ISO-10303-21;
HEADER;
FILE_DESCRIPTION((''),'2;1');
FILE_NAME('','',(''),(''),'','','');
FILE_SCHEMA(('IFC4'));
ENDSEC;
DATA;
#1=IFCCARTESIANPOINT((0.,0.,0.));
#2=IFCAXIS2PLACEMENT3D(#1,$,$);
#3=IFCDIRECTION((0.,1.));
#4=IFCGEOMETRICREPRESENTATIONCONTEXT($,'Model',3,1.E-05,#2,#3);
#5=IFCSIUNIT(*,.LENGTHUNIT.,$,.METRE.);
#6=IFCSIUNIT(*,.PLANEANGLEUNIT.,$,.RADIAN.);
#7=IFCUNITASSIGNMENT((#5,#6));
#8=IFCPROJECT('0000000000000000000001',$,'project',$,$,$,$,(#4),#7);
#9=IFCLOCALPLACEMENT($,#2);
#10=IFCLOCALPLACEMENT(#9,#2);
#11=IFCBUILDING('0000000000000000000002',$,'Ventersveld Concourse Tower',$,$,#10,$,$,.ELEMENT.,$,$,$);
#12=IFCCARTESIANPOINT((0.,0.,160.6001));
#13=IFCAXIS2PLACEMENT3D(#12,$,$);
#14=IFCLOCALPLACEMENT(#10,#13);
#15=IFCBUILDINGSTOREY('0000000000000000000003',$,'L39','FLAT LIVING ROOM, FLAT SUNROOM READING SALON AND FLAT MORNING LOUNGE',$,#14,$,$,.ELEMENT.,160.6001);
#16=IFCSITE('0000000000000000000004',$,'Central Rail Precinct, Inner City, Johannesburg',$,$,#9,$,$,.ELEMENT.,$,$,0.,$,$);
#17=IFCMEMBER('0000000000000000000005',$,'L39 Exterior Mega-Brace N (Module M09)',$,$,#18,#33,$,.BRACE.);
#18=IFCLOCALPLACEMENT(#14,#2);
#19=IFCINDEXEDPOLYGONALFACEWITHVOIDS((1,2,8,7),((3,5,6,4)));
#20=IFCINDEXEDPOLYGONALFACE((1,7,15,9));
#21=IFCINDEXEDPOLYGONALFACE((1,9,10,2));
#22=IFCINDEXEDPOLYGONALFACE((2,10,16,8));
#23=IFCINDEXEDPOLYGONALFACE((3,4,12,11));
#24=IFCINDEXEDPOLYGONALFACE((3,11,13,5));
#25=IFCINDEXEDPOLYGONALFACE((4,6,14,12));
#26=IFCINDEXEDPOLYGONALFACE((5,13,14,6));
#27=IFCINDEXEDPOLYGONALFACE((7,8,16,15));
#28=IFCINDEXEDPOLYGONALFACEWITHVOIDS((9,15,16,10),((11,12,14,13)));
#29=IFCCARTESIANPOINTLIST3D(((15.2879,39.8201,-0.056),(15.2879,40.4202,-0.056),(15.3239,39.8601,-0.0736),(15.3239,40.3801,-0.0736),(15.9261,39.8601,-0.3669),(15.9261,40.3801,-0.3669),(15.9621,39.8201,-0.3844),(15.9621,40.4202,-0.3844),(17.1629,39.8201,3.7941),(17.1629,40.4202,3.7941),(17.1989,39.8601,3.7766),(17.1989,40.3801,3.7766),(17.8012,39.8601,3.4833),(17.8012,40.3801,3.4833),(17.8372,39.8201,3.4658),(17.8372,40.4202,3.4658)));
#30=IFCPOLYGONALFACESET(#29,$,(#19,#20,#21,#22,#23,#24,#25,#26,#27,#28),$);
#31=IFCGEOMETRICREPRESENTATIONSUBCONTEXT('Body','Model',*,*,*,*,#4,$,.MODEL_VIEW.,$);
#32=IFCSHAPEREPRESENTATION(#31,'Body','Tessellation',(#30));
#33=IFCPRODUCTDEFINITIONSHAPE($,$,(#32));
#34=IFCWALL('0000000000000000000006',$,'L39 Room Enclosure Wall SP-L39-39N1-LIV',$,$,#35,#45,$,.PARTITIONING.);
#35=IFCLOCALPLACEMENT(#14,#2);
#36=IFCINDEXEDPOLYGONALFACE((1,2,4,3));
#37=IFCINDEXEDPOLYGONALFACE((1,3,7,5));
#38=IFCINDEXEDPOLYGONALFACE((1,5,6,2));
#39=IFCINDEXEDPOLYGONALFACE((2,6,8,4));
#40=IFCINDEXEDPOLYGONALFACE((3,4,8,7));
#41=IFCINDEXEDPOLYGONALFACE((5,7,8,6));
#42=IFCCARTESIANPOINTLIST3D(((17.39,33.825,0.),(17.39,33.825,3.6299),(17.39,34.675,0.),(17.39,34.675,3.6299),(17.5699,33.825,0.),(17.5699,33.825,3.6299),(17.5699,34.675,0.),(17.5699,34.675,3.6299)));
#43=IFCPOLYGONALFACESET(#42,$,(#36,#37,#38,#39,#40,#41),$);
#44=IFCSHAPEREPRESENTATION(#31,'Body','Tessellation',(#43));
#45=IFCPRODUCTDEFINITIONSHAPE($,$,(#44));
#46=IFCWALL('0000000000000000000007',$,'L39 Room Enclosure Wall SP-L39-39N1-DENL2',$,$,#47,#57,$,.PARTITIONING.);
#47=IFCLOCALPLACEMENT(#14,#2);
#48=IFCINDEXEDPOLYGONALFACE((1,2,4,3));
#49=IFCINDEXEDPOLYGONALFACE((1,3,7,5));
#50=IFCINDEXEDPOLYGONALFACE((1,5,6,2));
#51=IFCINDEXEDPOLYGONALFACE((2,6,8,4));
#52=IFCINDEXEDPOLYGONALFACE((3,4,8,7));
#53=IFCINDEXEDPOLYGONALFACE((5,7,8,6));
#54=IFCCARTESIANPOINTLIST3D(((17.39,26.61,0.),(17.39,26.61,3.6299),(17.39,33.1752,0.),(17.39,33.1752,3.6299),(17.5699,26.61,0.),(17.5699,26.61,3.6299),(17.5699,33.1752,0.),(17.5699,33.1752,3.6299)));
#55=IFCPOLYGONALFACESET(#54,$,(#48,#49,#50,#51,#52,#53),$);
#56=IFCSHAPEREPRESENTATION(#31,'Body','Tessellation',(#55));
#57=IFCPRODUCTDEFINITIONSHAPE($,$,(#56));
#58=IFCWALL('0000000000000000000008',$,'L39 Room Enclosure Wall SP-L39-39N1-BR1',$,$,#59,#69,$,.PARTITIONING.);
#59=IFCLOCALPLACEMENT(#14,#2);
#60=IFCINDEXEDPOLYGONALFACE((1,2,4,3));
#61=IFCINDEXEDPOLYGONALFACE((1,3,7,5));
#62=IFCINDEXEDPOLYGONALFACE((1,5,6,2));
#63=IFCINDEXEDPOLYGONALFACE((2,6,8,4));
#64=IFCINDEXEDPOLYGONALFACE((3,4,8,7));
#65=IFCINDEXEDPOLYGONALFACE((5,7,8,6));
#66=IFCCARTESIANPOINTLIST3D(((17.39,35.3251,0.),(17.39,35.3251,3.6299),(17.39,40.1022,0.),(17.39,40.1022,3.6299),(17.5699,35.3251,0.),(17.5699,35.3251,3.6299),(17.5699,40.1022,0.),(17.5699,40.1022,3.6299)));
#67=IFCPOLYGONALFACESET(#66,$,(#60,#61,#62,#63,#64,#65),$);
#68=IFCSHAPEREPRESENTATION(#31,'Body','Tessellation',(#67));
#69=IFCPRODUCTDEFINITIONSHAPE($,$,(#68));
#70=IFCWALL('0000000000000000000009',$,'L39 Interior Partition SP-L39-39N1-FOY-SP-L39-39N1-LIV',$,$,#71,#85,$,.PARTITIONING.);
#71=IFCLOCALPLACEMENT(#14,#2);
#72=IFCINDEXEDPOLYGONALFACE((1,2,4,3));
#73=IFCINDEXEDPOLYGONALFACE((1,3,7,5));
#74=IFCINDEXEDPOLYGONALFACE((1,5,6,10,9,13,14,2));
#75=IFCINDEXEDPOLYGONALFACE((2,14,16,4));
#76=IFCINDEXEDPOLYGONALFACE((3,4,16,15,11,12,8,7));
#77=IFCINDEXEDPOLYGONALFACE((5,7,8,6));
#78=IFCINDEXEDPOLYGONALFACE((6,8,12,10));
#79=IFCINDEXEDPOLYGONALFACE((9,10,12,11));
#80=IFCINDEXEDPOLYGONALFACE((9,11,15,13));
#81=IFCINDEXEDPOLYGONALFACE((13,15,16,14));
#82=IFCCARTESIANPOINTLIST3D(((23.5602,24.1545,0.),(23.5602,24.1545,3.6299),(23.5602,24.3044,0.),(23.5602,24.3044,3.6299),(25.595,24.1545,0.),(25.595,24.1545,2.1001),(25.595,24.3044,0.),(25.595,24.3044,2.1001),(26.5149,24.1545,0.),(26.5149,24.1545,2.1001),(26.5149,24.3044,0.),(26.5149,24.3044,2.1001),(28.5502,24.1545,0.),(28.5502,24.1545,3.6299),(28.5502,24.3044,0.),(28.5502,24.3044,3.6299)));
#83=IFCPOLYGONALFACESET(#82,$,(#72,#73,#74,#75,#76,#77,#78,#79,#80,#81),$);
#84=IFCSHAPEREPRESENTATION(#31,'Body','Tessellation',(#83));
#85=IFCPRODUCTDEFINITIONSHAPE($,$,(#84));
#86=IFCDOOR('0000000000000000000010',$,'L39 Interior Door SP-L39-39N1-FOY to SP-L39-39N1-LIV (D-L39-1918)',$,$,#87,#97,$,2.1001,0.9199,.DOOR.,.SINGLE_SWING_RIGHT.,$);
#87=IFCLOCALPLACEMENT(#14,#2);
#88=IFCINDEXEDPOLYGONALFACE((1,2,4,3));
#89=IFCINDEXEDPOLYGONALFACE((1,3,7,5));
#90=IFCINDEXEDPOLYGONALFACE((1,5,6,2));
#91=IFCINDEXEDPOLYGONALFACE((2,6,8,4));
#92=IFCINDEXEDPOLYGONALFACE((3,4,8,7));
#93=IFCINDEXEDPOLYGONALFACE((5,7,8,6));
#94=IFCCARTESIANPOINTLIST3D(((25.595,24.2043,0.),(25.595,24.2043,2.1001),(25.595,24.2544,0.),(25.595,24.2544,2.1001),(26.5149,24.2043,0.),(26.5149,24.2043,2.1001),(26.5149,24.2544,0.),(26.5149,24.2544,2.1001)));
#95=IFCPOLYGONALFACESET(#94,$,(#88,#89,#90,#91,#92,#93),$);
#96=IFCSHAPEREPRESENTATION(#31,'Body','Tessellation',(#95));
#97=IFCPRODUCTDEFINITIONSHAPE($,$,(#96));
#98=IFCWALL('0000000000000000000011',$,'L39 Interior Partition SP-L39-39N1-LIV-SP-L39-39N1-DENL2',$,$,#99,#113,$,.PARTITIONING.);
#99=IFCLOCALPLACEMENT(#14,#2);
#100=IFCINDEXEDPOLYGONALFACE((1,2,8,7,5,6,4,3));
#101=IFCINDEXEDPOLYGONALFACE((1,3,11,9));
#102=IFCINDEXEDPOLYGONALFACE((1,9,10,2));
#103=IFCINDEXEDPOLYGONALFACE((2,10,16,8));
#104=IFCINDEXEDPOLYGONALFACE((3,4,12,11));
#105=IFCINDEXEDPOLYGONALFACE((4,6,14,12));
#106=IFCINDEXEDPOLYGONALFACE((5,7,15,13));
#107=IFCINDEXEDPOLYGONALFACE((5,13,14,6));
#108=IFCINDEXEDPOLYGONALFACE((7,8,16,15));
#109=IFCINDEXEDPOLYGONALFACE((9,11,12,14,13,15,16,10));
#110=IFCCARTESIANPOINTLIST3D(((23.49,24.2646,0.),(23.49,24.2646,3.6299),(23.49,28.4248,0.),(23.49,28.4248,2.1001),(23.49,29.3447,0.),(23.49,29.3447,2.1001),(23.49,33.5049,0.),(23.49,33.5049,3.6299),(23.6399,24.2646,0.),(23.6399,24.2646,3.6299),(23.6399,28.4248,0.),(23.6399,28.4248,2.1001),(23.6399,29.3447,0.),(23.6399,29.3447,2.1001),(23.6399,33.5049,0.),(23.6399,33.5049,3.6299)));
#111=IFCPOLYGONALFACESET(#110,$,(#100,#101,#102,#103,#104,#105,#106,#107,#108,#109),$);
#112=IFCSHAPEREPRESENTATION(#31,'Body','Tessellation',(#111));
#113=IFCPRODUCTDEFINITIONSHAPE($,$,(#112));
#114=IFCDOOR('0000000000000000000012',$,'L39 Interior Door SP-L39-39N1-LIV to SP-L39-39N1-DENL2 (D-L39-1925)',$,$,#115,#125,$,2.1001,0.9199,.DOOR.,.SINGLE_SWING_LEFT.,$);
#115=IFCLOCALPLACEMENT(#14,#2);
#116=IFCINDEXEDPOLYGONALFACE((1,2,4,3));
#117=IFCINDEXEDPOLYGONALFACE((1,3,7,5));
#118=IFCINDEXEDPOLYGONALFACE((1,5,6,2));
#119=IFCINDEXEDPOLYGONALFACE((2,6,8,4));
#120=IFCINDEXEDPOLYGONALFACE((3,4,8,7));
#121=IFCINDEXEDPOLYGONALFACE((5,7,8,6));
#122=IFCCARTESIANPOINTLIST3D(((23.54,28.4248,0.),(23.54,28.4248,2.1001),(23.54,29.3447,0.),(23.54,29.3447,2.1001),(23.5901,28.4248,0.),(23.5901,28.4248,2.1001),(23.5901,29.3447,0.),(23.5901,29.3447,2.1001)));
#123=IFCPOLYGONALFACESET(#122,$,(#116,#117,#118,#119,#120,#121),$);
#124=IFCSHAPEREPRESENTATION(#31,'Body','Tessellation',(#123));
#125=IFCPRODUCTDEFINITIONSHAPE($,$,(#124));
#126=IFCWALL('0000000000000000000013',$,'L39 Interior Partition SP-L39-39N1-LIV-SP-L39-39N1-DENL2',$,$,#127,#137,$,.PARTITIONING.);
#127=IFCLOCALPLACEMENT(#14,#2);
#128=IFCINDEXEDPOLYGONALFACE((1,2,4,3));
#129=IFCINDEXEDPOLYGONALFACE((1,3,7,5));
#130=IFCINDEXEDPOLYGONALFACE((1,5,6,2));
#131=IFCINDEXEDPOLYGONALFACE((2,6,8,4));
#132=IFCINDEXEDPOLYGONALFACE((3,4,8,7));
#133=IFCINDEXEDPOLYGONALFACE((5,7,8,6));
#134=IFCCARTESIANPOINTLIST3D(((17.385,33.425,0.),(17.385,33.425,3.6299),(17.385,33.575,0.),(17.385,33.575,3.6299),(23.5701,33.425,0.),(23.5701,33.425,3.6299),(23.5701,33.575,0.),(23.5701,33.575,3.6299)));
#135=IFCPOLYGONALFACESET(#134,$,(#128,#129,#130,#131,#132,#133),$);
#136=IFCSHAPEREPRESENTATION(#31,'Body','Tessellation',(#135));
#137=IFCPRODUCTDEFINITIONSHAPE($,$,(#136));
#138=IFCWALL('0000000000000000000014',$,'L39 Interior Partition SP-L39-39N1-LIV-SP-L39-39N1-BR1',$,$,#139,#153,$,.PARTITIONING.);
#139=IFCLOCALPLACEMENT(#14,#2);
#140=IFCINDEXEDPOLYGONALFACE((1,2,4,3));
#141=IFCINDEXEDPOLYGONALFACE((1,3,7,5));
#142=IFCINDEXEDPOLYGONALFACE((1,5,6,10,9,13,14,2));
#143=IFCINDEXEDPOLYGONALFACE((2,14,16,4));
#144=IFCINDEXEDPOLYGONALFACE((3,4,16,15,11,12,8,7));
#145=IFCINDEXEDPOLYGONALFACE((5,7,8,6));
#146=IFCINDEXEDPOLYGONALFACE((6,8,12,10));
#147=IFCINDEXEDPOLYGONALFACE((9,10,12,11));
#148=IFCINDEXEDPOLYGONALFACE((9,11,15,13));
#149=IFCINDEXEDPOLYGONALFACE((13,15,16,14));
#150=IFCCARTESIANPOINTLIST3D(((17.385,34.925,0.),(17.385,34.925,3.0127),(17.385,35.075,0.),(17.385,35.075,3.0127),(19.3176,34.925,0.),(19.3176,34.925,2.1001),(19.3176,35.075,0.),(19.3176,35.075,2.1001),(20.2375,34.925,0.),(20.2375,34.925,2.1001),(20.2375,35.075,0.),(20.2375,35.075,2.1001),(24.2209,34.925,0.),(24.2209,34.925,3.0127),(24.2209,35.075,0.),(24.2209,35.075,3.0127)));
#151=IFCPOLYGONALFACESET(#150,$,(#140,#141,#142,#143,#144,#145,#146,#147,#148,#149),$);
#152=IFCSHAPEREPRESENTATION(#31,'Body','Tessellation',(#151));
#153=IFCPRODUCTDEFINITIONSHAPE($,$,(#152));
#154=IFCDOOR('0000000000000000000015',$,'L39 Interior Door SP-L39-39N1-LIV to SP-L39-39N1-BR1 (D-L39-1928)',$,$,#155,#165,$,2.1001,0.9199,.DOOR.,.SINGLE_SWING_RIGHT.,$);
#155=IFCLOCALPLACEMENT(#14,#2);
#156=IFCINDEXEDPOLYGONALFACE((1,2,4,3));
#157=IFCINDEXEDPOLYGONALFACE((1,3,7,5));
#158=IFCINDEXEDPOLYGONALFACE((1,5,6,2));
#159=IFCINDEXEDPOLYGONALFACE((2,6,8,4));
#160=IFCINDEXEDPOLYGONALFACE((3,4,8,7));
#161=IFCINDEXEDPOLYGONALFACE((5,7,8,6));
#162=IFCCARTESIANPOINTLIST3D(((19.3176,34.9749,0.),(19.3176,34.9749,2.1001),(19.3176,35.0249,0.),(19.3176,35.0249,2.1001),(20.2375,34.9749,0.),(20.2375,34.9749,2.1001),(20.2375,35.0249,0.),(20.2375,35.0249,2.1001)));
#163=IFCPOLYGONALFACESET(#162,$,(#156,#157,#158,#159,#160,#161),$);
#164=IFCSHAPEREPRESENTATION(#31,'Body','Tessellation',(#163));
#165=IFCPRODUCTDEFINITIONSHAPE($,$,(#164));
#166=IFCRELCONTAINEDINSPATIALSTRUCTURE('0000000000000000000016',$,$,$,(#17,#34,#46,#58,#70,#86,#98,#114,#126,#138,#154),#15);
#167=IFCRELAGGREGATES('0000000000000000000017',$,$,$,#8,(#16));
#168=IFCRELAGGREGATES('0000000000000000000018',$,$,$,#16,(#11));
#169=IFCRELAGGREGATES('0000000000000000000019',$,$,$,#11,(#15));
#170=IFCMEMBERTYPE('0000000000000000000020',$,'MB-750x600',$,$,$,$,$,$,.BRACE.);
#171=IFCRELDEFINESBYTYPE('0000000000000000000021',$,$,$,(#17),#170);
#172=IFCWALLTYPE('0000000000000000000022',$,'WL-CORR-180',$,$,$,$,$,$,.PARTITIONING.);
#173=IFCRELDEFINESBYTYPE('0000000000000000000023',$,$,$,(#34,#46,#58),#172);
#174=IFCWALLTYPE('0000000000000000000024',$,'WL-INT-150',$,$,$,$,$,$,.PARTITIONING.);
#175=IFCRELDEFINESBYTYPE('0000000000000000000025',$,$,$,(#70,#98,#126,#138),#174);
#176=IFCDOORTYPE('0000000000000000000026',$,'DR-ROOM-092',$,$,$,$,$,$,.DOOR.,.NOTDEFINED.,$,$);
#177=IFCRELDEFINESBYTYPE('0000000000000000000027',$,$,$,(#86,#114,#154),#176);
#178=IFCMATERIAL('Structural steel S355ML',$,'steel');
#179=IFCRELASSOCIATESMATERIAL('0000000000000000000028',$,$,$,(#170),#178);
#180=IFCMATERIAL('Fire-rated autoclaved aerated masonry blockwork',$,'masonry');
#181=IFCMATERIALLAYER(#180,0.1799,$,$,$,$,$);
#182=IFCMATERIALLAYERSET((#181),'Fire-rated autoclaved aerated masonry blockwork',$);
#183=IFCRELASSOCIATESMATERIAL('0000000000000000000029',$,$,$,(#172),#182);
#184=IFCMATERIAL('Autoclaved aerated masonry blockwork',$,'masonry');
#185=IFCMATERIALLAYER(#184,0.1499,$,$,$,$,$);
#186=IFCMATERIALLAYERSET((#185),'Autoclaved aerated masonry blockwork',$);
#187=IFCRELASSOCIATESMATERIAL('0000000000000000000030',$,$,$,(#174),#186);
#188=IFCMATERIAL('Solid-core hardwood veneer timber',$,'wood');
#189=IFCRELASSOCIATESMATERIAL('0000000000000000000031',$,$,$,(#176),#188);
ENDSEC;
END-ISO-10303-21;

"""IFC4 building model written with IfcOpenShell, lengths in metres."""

from ifc_helpers import new_model, si_unit, direction, frame, frame_2d, origin, origin_2d, place, context, subcontext, project, spatial, rectangle, hollow_rectangle, extrude, material, layer, layer_set, material_profile, profile_set, type_object, element, fill, save


model = new_model("IFC4")

# Units and contexts
model_context = context("Model", 3, precision=1e-05, world=origin(), true_north=direction((0.0, 1.0)))
body_context = subcontext(model_context, "Body", "Model", "MODEL_VIEW")
ifc_project = project(units=[si_unit("LENGTHUNIT", "METRE"), si_unit("PLANEANGLEUNIT", "RADIAN")], contexts=[model_context])

# Site, building, storey
site_placement = place(None, origin())
site = spatial("IfcSite", under=ifc_project, at=site_placement, Name="Central Rail Precinct, Inner City, Johannesburg", CompositionType="ELEMENT", RefElevation=0.0)
building_placement = place(site_placement, origin())
building = spatial("IfcBuilding", under=site, at=building_placement, Name="Ventersveld Concourse Tower", CompositionType="ELEMENT")
storey_placement = place(building_placement, frame((0.0, 0.0, 160.6001)))
storey = spatial("IfcBuildingStorey", under=building, at=storey_placement, Name="L39", Description="FLAT LIVING ROOM, FLAT SUNROOM READING SALON AND FLAT MORNING LOUNGE", CompositionType="ELEMENT", Elevation=160.6001)

# Member
ifc_material_1 = material(Name="Structural steel S355ML", Category="steel")
ifc_material_profile_1 = material_profile(ifc_material_1, hollow_rectangle(XDim=0.6001, YDim=0.75, WallThickness=0.04, at=origin_2d()), Name="BOX 750x600x40")
ifc_profile_set_1 = profile_set([ifc_material_profile_1], Name="Structural steel S355ML")
member_type = type_object("IfcMemberType", Name="MB-750x600", PredefinedType="BRACE", material=ifc_profile_set_1)
member_placement = place(storey_placement, frame((15.625, 40.1201, -0.2202), z_axis=(0.437839, 0.0, 0.899053), x_axis=(0.0, 1.0, 0.0)))
element("IfcMember", 1, at=member_placement, inside=storey, type_object=member_type, Name="L39 Exterior Mega-Brace N (Module M09)", PredefinedType="BRACE", context=body_context, shape_type="SweptSolid", body=[
    extrude(hollow_rectangle(XDim=0.6001, YDim=0.75, WallThickness=0.04, at=origin_2d()), origin(), (0.0, 0.0, 1.0), 4.2825),
])

# Walls
ifc_material_2 = material(Name="Fire-rated autoclaved aerated masonry blockwork", Category="masonry")
ifc_layer_1 = layer(ifc_material_2, 0.1799)
ifc_layer_set_1 = layer_set([ifc_layer_1], Name="Fire-rated autoclaved aerated masonry blockwork")
wall_type_1 = type_object("IfcWallType", Name="WL-CORR-180", PredefinedType="PARTITIONING", material=ifc_layer_set_1)
wall_1_placement = place(storey_placement, frame((17.48, 33.825, 0.0), z_axis=(0.0, 0.0, 1.0), x_axis=(0.0, 1.0, 0.0)))
element("IfcWall", 2, at=wall_1_placement, inside=storey, type_object=wall_type_1, Name="L39 Room Enclosure Wall SP-L39-39N1-LIV", PredefinedType="PARTITIONING", context=body_context, shape_type="SweptSolid", body=[
    extrude(rectangle(XDim=0.8501, YDim=0.1799, at=frame_2d((0.425, 0.0))), origin(), (0.0, 0.0, 1.0), 3.6299),
])
wall_2_placement = place(storey_placement, frame((17.48, 26.6099, 0.0), z_axis=(0.0, 0.0, 1.0), x_axis=(0.0, 1.0, 0.0)))
element("IfcWall", 3, at=wall_2_placement, inside=storey, type_object=wall_type_1, Name="L39 Room Enclosure Wall SP-L39-39N1-DENL2", PredefinedType="PARTITIONING", context=body_context, shape_type="SweptSolid", body=[
    extrude(rectangle(XDim=6.5652, YDim=0.1799, at=frame_2d((3.2827, 0.0))), origin(), (0.0, 0.0, 1.0), 3.6299),
])
wall_3_placement = place(storey_placement, frame((17.48, 35.325, 0.0), z_axis=(0.0, 0.0, 1.0), x_axis=(0.0, 1.0, 0.0)))
element("IfcWall", 4, at=wall_3_placement, inside=storey, type_object=wall_type_1, Name="L39 Room Enclosure Wall SP-L39-39N1-BR1", PredefinedType="PARTITIONING", context=body_context, shape_type="SweptSolid", body=[
    extrude(rectangle(XDim=4.7771, YDim=0.1799, at=frame_2d((2.3887, 0.0))), origin(), (0.0, 0.0, 1.0), 3.6299),
])

# Walls, openings, doors
ifc_material_3 = material(Name="Autoclaved aerated masonry blockwork", Category="masonry")
ifc_layer_2 = layer(ifc_material_3, 0.1499)
ifc_layer_set_2 = layer_set([ifc_layer_2], Name="Autoclaved aerated masonry blockwork")
wall_type_2 = type_object("IfcWallType", Name="WL-INT-150", PredefinedType="PARTITIONING", material=ifc_layer_set_2)
wall_4_placement = place(storey_placement, frame((23.5601, 24.2295, 0.0), z_axis=(0.0, 0.0, 1.0), x_axis=(1.0, 0.0, 0.0)))
wall_4 = element("IfcWall", 5, at=wall_4_placement, inside=storey, type_object=wall_type_2, Name="L39 Interior Partition SP-L39-39N1-FOY-SP-L39-39N1-LIV", PredefinedType="PARTITIONING", context=body_context, shape_type="SweptSolid", body=[
    extrude(rectangle(XDim=4.99, YDim=0.1499, at=frame_2d((2.4951, 0.0))), origin(), (0.0, 0.0, 1.0), 3.6299),
])
opening_1_placement = place(wall_4_placement, frame((2.0349, 0.0, 0.0)))
opening_1 = element("IfcOpeningElement", 6, at=opening_1_placement, cuts=wall_4, PredefinedType="OPENING", context=body_context, shape_type="SweptSolid", body=[
    extrude(rectangle(XDim=0.9199, YDim=2.1001, at=frame_2d((0.46, 1.05))), frame((0.0, 0.085, 0.0), z_axis=(0.0, -1.0, 0.0), x_axis=(1.0, 0.0, 0.0)), (0.0, 0.0, 1.0), 0.1699),
])
ifc_material_4 = material(Name="Solid-core hardwood veneer timber", Category="wood")
door_type = type_object("IfcDoorType", Name="DR-ROOM-092", OperationType="NOTDEFINED", PredefinedType="DOOR", material=ifc_material_4)
door_1_placement = place(opening_1_placement, origin())
door_1 = element("IfcDoor", 7, at=door_1_placement, inside=storey, type_object=door_type, Name="L39 Interior Door SP-L39-39N1-FOY to SP-L39-39N1-LIV (D-L39-1918)", OperationType="SINGLE_SWING_RIGHT", OverallHeight=2.1001, OverallWidth=0.9199, PredefinedType="DOOR", context=body_context, shape_type="SweptSolid", body=[
    extrude(rectangle(XDim=0.9199, YDim=2.1001, at=frame_2d((0.46, 1.05))), frame((0.0, 0.0249, 0.0), z_axis=(0.0, -1.0, 0.0), x_axis=(1.0, 0.0, 0.0)), (0.0, 0.0, 1.0), 0.05),
])
fill(opening_1, door_1)
wall_5_placement = place(storey_placement, frame((23.5649, 24.2646, 0.0), z_axis=(0.0, 0.0, 1.0), x_axis=(0.0, 1.0, 0.0)))
wall_5 = element("IfcWall", 8, at=wall_5_placement, inside=storey, type_object=wall_type_2, Name="L39 Interior Partition SP-L39-39N1-LIV-SP-L39-39N1-DENL2", PredefinedType="PARTITIONING", context=body_context, shape_type="SweptSolid", body=[
    extrude(rectangle(XDim=9.2402, YDim=0.1499, at=frame_2d((4.6201, 0.0))), origin(), (0.0, 0.0, 1.0), 3.6299),
])
opening_2_placement = place(wall_5_placement, frame((4.1602, 0.0, 0.0)))
opening_2 = element("IfcOpeningElement", 9, at=opening_2_placement, cuts=wall_5, PredefinedType="OPENING", context=body_context, shape_type="SweptSolid", body=[
    extrude(rectangle(XDim=0.9199, YDim=2.1001, at=frame_2d((0.46, 1.05))), frame((0.0, 0.085, 0.0), z_axis=(0.0, -1.0, 0.0), x_axis=(1.0, 0.0, 0.0)), (0.0, 0.0, 1.0), 0.1699),
])
door_2_placement = place(opening_2_placement, origin())
door_2 = element("IfcDoor", 10, at=door_2_placement, inside=storey, type_object=door_type, Name="L39 Interior Door SP-L39-39N1-LIV to SP-L39-39N1-DENL2 (D-L39-1925)", OperationType="SINGLE_SWING_LEFT", OverallHeight=2.1001, OverallWidth=0.9199, PredefinedType="DOOR", context=body_context, shape_type="SweptSolid", body=[
    extrude(rectangle(XDim=0.9199, YDim=2.1001, at=frame_2d((0.46, 1.05))), frame((0.0, 0.0249, 0.0), z_axis=(0.0, -1.0, 0.0), x_axis=(1.0, 0.0, 0.0)), (0.0, 0.0, 1.0), 0.05),
])
fill(opening_2, door_2)

# Wall
wall_6_placement = place(storey_placement, frame((17.385, 33.5, 0.0), z_axis=(0.0, 0.0, 1.0), x_axis=(1.0, 0.0, 0.0)))
element("IfcWall", 11, at=wall_6_placement, inside=storey, type_object=wall_type_2, Name="L39 Interior Partition SP-L39-39N1-LIV-SP-L39-39N1-DENL2", PredefinedType="PARTITIONING", context=body_context, shape_type="SweptSolid", body=[
    extrude(rectangle(XDim=6.1851, YDim=0.1499, at=frame_2d((3.0925, 0.0))), origin(), (0.0, 0.0, 1.0), 3.6299),
])

# Wall, opening, door
wall_7_placement = place(storey_placement, frame((17.385, 35.0, 0.0), z_axis=(0.0, 0.0, 1.0), x_axis=(1.0, 0.0, 0.0)))
wall_7 = element("IfcWall", 12, at=wall_7_placement, inside=storey, type_object=wall_type_2, Name="L39 Interior Partition SP-L39-39N1-LIV-SP-L39-39N1-BR1", PredefinedType="PARTITIONING", context=body_context, shape_type="SweptSolid", body=[
    extrude(rectangle(XDim=6.8359, YDim=0.1499, at=frame_2d((3.418, 0.0))), origin(), (0.0, 0.0, 1.0), 3.0127),
])
opening_3_placement = place(wall_7_placement, frame((1.9326, 0.0, 0.0)))
opening_3 = element("IfcOpeningElement", 13, at=opening_3_placement, cuts=wall_7, PredefinedType="OPENING", context=body_context, shape_type="SweptSolid", body=[
    extrude(rectangle(XDim=0.9199, YDim=2.1001, at=frame_2d((0.46, 1.05))), frame((0.0, 0.085, 0.0), z_axis=(0.0, -1.0, 0.0), x_axis=(1.0, 0.0, 0.0)), (0.0, 0.0, 1.0), 0.1699),
])
door_3_placement = place(opening_3_placement, origin())
door_3 = element("IfcDoor", 14, at=door_3_placement, inside=storey, type_object=door_type, Name="L39 Interior Door SP-L39-39N1-LIV to SP-L39-39N1-BR1 (D-L39-1928)", OperationType="SINGLE_SWING_RIGHT", OverallHeight=2.1001, OverallWidth=0.9199, PredefinedType="DOOR", context=body_context, shape_type="SweptSolid", body=[
    extrude(rectangle(XDim=0.9199, YDim=2.1001, at=frame_2d((0.46, 1.05))), frame((0.0, 0.0249, 0.0), z_axis=(0.0, -1.0, 0.0), x_axis=(1.0, 0.0, 0.0)), (0.0, 0.0, 1.0), 0.05),
])
fill(opening_3, door_3)

save(model, "model.ifc")
